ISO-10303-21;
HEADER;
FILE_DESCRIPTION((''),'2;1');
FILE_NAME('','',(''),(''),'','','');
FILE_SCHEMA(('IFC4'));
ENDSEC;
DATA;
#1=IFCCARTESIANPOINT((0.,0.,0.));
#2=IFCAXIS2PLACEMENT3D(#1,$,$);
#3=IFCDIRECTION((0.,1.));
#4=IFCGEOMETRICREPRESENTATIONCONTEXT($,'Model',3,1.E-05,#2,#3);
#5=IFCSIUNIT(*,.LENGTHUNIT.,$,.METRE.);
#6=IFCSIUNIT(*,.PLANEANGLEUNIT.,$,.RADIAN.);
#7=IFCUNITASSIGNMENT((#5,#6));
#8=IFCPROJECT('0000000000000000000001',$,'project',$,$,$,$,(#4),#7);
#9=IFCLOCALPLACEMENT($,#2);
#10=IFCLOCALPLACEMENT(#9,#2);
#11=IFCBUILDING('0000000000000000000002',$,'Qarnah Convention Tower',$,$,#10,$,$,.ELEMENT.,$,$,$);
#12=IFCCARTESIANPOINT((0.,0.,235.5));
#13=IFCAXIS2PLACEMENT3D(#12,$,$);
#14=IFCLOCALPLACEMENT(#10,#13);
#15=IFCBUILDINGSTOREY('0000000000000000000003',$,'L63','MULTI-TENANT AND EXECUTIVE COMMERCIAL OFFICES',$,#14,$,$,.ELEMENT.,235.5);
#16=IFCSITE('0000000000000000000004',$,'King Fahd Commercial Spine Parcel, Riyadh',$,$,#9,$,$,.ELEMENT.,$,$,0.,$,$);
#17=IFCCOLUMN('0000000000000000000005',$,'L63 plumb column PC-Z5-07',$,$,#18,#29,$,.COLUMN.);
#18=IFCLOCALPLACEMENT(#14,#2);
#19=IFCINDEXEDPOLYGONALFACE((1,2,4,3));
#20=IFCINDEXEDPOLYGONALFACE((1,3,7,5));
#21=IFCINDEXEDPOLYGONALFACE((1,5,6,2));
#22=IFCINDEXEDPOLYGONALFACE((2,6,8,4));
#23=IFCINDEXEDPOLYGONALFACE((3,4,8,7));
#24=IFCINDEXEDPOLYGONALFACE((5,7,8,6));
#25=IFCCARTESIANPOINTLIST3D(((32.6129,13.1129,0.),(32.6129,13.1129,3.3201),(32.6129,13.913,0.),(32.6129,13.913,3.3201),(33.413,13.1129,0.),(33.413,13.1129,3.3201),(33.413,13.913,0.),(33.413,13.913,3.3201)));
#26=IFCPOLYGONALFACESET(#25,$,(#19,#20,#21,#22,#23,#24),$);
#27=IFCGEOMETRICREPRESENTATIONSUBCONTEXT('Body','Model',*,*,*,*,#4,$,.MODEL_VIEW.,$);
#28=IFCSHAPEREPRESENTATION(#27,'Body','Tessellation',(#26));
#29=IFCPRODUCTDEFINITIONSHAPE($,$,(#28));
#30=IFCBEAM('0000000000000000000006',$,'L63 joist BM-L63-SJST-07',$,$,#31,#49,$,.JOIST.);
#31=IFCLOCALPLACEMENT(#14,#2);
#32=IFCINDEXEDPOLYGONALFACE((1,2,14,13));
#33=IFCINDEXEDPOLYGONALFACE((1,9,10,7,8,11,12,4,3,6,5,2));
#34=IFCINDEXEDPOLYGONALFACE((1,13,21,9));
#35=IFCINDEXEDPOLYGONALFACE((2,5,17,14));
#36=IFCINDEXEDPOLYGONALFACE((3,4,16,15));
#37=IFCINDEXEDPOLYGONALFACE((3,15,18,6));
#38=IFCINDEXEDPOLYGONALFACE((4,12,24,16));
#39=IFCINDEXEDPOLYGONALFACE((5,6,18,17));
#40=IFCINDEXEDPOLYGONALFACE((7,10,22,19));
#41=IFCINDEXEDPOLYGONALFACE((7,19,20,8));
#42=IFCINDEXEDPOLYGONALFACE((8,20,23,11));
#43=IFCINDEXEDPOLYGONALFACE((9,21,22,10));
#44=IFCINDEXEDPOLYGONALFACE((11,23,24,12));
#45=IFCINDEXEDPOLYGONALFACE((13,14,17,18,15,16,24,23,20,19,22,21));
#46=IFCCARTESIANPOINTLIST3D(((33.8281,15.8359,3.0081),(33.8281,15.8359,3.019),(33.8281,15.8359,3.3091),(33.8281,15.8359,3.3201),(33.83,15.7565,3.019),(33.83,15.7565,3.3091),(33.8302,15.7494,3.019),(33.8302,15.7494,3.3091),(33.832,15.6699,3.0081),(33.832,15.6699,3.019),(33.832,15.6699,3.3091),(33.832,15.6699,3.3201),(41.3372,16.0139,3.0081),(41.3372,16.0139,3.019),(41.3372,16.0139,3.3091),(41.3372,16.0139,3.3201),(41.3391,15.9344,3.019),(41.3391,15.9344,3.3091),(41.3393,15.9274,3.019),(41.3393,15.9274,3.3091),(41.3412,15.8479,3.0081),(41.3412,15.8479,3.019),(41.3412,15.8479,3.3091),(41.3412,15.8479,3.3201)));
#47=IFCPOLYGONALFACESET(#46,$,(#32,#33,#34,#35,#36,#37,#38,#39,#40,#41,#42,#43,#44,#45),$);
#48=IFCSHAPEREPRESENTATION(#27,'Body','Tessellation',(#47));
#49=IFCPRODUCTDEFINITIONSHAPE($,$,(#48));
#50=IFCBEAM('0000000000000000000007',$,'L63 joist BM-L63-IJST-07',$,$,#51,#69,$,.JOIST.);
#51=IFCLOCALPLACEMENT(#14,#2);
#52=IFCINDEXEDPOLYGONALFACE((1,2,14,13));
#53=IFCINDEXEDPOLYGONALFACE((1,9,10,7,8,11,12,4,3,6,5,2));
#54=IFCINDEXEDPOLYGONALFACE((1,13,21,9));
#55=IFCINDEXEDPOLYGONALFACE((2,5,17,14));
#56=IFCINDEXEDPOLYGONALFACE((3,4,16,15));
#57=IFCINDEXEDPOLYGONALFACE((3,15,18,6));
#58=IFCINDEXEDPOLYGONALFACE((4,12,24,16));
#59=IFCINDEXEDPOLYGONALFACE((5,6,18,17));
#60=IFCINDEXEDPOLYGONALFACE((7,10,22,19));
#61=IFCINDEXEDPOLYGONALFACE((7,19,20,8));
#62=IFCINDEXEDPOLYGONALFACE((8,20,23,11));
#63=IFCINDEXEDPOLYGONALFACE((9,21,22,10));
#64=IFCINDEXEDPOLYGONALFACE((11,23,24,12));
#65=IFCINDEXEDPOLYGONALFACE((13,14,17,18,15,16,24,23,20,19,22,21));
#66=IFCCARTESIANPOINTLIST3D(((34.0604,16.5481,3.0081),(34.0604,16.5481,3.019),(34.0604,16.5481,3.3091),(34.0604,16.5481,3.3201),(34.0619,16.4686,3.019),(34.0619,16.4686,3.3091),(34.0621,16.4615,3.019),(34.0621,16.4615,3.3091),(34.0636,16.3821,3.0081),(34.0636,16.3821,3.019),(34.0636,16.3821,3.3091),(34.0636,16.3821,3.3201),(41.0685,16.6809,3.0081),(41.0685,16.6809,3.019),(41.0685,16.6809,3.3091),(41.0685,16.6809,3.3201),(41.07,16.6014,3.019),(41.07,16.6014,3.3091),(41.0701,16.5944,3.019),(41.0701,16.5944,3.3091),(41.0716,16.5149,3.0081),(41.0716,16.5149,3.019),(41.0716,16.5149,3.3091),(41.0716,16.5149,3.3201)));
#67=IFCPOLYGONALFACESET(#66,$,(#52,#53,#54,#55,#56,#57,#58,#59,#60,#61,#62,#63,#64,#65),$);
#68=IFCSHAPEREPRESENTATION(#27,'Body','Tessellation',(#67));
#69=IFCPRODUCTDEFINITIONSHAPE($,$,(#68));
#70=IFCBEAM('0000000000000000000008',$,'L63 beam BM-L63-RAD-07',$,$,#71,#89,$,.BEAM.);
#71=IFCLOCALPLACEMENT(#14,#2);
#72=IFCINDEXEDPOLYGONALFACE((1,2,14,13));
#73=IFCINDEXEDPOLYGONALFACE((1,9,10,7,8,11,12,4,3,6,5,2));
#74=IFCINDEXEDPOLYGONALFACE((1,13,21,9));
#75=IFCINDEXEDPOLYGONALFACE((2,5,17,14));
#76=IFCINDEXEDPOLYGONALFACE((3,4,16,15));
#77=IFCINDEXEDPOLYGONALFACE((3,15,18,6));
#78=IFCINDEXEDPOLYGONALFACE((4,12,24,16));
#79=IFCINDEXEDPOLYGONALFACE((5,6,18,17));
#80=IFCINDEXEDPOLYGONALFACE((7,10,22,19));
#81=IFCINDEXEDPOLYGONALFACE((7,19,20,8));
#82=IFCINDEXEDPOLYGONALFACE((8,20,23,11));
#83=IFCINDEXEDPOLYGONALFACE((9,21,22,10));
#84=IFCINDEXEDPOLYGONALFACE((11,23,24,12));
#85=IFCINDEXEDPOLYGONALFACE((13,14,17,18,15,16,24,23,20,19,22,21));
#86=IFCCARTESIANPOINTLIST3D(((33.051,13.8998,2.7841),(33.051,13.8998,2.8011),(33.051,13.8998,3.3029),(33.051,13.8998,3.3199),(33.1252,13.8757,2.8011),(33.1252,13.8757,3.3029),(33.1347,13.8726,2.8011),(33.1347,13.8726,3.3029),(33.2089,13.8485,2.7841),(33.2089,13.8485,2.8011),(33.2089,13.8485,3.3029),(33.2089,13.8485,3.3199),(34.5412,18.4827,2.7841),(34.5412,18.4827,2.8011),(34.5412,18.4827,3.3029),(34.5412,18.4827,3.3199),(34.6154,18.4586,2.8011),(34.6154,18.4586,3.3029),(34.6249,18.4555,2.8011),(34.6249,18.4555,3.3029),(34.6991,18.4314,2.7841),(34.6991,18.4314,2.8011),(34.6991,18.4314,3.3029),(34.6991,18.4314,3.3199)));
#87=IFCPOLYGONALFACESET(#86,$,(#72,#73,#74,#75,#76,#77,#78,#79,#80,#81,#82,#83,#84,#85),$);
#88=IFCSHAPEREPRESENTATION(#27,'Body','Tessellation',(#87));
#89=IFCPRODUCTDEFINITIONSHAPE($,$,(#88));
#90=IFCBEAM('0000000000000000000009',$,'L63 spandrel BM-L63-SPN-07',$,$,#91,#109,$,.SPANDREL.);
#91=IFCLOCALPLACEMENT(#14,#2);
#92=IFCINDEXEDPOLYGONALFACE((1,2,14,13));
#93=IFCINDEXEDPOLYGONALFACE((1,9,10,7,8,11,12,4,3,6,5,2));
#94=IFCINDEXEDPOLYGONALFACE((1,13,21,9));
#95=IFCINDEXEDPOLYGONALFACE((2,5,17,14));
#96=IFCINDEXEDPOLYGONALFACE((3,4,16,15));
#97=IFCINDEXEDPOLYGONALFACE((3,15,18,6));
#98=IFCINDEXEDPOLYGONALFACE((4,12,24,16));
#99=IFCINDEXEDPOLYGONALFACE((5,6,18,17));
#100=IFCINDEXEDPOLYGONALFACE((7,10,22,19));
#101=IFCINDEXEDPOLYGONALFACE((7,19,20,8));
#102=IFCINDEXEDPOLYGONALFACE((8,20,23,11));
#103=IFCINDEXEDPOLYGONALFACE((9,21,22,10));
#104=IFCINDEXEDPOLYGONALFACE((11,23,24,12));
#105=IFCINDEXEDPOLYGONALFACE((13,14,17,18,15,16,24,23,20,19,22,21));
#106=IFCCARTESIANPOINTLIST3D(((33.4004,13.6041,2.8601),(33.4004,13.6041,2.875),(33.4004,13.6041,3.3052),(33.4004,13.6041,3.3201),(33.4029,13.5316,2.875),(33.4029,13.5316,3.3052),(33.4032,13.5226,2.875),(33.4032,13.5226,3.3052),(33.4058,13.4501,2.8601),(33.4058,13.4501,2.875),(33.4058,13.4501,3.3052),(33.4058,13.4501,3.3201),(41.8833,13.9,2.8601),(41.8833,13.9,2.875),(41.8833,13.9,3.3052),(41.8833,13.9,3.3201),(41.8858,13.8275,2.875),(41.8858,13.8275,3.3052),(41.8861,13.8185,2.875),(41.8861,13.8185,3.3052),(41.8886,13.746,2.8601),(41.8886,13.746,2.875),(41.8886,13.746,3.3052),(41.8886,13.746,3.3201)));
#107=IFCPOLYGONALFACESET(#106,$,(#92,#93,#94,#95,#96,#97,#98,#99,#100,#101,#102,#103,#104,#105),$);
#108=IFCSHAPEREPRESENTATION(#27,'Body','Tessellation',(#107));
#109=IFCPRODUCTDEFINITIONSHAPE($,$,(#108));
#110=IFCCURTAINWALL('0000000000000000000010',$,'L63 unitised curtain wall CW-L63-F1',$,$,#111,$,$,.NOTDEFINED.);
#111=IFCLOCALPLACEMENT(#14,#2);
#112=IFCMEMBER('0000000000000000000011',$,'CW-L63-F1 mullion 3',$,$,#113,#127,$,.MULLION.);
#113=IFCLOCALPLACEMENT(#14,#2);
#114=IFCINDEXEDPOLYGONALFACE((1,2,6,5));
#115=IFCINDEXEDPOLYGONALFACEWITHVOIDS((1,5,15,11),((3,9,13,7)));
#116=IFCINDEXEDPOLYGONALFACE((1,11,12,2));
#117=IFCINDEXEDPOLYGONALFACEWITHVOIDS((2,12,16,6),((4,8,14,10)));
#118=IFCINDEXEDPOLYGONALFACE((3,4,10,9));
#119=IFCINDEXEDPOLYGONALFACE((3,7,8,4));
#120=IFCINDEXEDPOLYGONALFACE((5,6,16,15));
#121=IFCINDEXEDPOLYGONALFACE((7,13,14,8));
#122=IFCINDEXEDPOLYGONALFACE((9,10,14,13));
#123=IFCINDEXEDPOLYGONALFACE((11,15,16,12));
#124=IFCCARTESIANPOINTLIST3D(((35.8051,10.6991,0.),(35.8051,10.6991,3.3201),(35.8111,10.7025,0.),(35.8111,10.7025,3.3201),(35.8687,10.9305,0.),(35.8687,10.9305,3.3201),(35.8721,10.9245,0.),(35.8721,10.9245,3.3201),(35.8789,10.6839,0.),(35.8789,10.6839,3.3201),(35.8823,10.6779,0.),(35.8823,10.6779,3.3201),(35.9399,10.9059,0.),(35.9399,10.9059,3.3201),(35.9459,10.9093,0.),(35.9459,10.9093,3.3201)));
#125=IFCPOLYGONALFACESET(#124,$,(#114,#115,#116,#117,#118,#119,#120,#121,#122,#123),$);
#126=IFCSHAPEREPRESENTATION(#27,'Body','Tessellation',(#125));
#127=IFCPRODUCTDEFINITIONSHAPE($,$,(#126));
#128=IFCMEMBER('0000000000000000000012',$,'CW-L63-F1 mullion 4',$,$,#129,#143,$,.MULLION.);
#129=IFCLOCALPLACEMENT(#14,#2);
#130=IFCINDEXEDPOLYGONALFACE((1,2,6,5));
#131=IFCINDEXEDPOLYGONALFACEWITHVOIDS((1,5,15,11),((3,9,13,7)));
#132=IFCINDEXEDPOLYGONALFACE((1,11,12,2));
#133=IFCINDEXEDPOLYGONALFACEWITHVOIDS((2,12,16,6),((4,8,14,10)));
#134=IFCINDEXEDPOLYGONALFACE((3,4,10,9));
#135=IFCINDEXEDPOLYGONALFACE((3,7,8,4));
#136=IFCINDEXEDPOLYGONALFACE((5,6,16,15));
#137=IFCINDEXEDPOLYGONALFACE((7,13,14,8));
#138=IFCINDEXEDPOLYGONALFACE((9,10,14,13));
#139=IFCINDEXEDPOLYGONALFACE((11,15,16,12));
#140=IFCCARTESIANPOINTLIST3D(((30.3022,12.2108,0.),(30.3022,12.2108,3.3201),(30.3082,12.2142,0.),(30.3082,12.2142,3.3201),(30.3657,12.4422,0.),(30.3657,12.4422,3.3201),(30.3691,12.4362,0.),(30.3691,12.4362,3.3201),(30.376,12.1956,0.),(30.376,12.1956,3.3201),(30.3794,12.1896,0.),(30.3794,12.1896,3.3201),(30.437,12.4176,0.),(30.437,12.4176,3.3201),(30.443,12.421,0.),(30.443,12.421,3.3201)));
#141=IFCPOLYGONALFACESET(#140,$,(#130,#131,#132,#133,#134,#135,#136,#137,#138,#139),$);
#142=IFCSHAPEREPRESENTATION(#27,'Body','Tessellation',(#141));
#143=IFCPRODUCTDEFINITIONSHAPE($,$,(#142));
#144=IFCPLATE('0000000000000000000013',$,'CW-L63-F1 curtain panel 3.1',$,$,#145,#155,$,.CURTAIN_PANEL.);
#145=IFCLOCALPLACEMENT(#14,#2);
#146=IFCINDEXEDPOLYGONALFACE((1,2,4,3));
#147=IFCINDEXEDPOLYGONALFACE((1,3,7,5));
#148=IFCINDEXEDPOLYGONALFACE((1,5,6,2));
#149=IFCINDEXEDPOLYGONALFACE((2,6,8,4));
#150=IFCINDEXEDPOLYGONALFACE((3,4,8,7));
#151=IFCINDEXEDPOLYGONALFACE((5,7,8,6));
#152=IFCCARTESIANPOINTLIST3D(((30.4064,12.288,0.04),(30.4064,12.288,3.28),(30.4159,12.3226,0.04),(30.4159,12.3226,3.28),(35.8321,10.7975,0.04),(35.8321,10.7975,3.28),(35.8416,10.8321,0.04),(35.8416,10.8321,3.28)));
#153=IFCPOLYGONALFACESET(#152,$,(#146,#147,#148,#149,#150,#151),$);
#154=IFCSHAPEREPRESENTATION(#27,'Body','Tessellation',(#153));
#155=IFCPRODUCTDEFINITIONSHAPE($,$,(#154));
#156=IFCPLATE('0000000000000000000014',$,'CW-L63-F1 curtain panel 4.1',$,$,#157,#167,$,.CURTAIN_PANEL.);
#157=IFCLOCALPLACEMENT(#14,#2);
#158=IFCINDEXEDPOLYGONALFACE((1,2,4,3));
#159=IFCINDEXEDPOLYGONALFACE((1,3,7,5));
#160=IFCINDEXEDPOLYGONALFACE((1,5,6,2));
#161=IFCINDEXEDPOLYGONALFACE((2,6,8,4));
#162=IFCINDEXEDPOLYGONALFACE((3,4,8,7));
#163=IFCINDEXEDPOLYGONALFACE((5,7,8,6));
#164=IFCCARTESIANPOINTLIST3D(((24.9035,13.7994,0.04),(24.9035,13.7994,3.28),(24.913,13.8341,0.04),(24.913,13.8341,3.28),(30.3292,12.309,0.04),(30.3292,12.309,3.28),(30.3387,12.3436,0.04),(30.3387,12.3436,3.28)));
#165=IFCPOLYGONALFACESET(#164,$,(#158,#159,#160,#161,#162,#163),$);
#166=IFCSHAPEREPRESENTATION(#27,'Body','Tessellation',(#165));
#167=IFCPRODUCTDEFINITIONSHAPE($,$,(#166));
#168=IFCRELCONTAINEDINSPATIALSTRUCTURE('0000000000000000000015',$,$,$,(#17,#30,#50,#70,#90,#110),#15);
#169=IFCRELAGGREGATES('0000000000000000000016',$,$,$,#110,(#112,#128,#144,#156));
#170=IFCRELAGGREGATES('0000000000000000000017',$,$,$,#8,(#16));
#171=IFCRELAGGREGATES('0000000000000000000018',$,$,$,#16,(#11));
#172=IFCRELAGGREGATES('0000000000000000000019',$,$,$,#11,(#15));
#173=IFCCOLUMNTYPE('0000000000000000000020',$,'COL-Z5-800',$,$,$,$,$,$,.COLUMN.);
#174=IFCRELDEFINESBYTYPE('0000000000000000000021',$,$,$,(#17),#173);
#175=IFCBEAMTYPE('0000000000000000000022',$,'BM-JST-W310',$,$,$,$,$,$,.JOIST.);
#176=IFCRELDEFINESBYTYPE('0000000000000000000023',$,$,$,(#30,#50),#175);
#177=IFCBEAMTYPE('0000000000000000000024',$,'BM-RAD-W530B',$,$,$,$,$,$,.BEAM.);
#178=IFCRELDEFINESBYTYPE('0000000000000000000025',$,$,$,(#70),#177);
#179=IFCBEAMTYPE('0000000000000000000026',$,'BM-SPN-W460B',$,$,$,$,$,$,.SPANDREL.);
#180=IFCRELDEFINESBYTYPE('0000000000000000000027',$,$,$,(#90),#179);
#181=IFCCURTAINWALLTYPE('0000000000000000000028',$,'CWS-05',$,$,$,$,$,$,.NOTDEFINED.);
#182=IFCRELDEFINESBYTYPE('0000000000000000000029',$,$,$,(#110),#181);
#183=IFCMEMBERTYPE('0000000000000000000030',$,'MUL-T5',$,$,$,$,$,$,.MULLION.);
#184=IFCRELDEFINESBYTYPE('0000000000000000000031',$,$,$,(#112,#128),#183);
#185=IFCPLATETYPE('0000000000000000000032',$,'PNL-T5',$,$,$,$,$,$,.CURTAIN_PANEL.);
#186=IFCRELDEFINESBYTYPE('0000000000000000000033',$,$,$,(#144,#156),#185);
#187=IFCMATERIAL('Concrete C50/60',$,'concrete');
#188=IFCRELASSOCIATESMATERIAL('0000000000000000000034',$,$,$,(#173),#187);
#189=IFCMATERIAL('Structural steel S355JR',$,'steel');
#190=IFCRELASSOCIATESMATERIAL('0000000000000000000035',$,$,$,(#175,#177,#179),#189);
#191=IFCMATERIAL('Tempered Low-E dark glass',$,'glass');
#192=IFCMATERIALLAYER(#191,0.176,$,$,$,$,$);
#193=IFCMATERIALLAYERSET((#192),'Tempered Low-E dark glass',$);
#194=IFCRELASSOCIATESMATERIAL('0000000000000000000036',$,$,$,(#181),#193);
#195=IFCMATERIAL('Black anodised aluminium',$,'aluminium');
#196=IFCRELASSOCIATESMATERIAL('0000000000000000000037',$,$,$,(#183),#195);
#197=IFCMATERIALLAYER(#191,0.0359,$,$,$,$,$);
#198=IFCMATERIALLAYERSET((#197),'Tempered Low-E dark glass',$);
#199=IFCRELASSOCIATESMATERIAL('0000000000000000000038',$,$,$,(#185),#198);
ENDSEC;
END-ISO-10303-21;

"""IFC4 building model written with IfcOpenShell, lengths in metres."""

from ifc_helpers import new_model, si_unit, direction, frame, origin, origin_2d, place, context, subcontext, project, spatial, rectangle, hollow_rectangle, i_section, extrude, material, layer, layer_set, material_profile, profile_set, type_object, element, aggregate, save


model = new_model("IFC4")

# Units and contexts
model_context = context("Model", 3, precision=1e-05, world=origin(), true_north=direction((0.0, 1.0)))
body_context = subcontext(model_context, "Body", "Model", "MODEL_VIEW")
ifc_project = project(units=[si_unit("LENGTHUNIT", "METRE"), si_unit("PLANEANGLEUNIT", "RADIAN")], contexts=[model_context])

# Site, building, storey
site_placement = place(None, origin())
site = spatial("IfcSite", under=ifc_project, at=site_placement, Name="King Fahd Commercial Spine Parcel, Riyadh", CompositionType="ELEMENT", RefElevation=0.0)
building_placement = place(site_placement, origin())
building = spatial("IfcBuilding", under=site, at=building_placement, Name="Qarnah Convention Tower", CompositionType="ELEMENT")
storey_placement = place(building_placement, frame((0.0, 0.0, 235.5)))
storey = spatial("IfcBuildingStorey", under=building, at=storey_placement, Name="L63", Description="MULTI-TENANT AND EXECUTIVE COMMERCIAL OFFICES", CompositionType="ELEMENT", Elevation=235.5)

# Column
ifc_material_1 = material(Name="Concrete C50/60", Category="concrete")
ifc_material_profile_1 = material_profile(ifc_material_1, rectangle(XDim=0.8, YDim=0.8, at=origin_2d()), Name="RC-COL-800X800")
ifc_profile_set_1 = profile_set([ifc_material_profile_1], Name="Concrete C50/60")
column_type = type_object("IfcColumnType", Name="COL-Z5-800", PredefinedType="COLUMN", material=ifc_profile_set_1)
column_placement = place(storey_placement, frame((33.0129, 13.5129, 0.0), z_axis=(0.0, 0.0, 1.0), x_axis=(1.0, 0.0, 0.0)))
element("IfcColumn", 1, at=column_placement, inside=storey, type_object=column_type, Name="L63 plumb column PC-Z5-07", PredefinedType="COLUMN", context=body_context, shape_type="SweptSolid", body=[
    extrude(rectangle(XDim=0.8, YDim=0.8, at=origin_2d()), origin(), (0.0, 0.0, 1.0), 3.3201),
])

# Beams
ifc_material_2 = material(Name="Structural steel S355JR", Category="steel")
ifc_material_profile_2 = material_profile(ifc_material_2, i_section(OverallWidth=0.166, OverallDepth=0.312, WebThickness=0.0071, FlangeThickness=0.011, at=origin_2d()), Name="W310X45")
ifc_profile_set_2 = profile_set([ifc_material_profile_2], Name="Structural steel S355JR")
beam_type_1 = type_object("IfcBeamType", Name="BM-JST-W310", PredefinedType="JOIST", material=ifc_profile_set_2)
beam_1_placement = place(storey_placement, frame((33.8301, 15.7529, 3.1641), z_axis=(0.999719, 0.023695, 0.0), x_axis=(-0.023695, 0.999719, 0.0)))
element("IfcBeam", 2, at=beam_1_placement, inside=storey, type_object=beam_type_1, Name="L63 joist BM-L63-SJST-07", PredefinedType="JOIST", context=body_context, shape_type="SweptSolid", body=[
    extrude(i_section(OverallWidth=0.166, OverallDepth=0.312, WebThickness=0.0071, FlangeThickness=0.011, at=origin_2d()), origin(), (0.0, 0.0, 1.0), 7.5112),
])
beam_2_placement = place(storey_placement, frame((34.062, 16.4651, 3.1641), z_axis=(0.99982, 0.018948, 0.0), x_axis=(-0.018948, 0.99982, 0.0)))
element("IfcBeam", 3, at=beam_2_placement, inside=storey, type_object=beam_type_1, Name="L63 joist BM-L63-IJST-07", PredefinedType="JOIST", context=body_context, shape_type="SweptSolid", body=[
    extrude(i_section(OverallWidth=0.166, OverallDepth=0.312, WebThickness=0.0071, FlangeThickness=0.011, at=origin_2d()), origin(), (0.0, 0.0, 1.0), 7.0093),
])
ifc_material_profile_3 = material_profile(ifc_material_2, i_section(OverallWidth=0.166, OverallDepth=0.5359, WebThickness=0.01, FlangeThickness=0.0171, at=origin_2d()), Name="W530X85")
ifc_profile_set_3 = profile_set([ifc_material_profile_3], Name="Structural steel S355JR")
beam_type_2 = type_object("IfcBeamType", Name="BM-RAD-W530B", PredefinedType="BEAM", material=ifc_profile_set_3)
beam_3_placement = place(storey_placement, frame((34.6201, 18.457, 3.052), z_axis=(-0.309228, -0.950988, 0.0), x_axis=(0.950988, -0.309228, 0.0)))
element("IfcBeam", 4, at=beam_3_placement, inside=storey, type_object=beam_type_2, Name="L63 beam BM-L63-RAD-07", PredefinedType="BEAM", context=body_context, shape_type="SweptSolid", body=[
    extrude(i_section(OverallWidth=0.166, OverallDepth=0.5359, WebThickness=0.01, FlangeThickness=0.0171, at=origin_2d()), origin(), (0.0, 0.0, 1.0), 4.8191),
])
ifc_material_profile_4 = material_profile(ifc_material_2, i_section(OverallWidth=0.1541, OverallDepth=0.46, WebThickness=0.009, FlangeThickness=0.0149, at=origin_2d()), Name="W460X68")
ifc_profile_set_4 = profile_set([ifc_material_profile_4], Name="Structural steel S355JR")
beam_type_3 = type_object("IfcBeamType", Name="BM-SPN-W460B", PredefinedType="SPANDREL", material=ifc_profile_set_4)
beam_4_placement = place(storey_placement, frame((33.4031, 13.5271, 3.0901), z_axis=(0.999392, 0.034861, 0.0), x_axis=(-0.034861, 0.999392, 0.0)))
element("IfcBeam", 5, at=beam_4_placement, inside=storey, type_object=beam_type_3, Name="L63 spandrel BM-L63-SPN-07", PredefinedType="SPANDREL", context=body_context, shape_type="SweptSolid", body=[
    extrude(i_section(OverallWidth=0.1541, OverallDepth=0.46, WebThickness=0.009, FlangeThickness=0.0149, at=origin_2d()), origin(), (0.0, 0.0, 1.0), 8.488),
])

# Curtain wall, members, plates
ifc_material_3 = material(Name="Tempered Low-E dark glass", Category="glass")
ifc_layer_1 = layer(ifc_material_3, 0.176)
ifc_layer_set_1 = layer_set([ifc_layer_1], Name="Tempered Low-E dark glass")
curtain_wall_type = type_object("IfcCurtainWallType", Name="CWS-05", PredefinedType="NOTDEFINED", material=ifc_layer_set_1)
curtain_wall_placement = place(storey_placement, origin())
curtain_wall = element("IfcCurtainWall", 6, at=curtain_wall_placement, inside=storey, type_object=curtain_wall_type, Name="L63 unitised curtain wall CW-L63-F1", PredefinedType="NOTDEFINED")
ifc_material_4 = material(Name="Black anodised aluminium", Category="aluminium")
ifc_material_profile_5 = material_profile(ifc_material_4, hollow_rectangle(XDim=0.0801, YDim=0.24, WallThickness=0.0049, at=origin_2d()), Name="MUL-80X240")
ifc_profile_set_5 = profile_set([ifc_material_profile_5], Name="Black anodised aluminium")
member_type = type_object("IfcMemberType", Name="MUL-T5", PredefinedType="MULLION", material=ifc_profile_set_5)
member_1_placement = place(storey_placement, frame((35.8755, 10.8042, 0.0), z_axis=(0.0, 0.0, 1.0), x_axis=(-0.96428, 0.264884, 0.0)))
member_1 = element("IfcMember", 7, at=member_1_placement, type_object=member_type, Name="CW-L63-F1 mullion 3", PredefinedType="MULLION", context=body_context, shape_type="SweptSolid", body=[
    extrude(hollow_rectangle(XDim=0.0801, YDim=0.24, WallThickness=0.0049, at=origin_2d()), origin(), (0.0, 0.0, 1.0), 3.3201),
])
member_2_placement = place(storey_placement, frame((30.3726, 12.3159, 0.0), z_axis=(0.0, 0.0, 1.0), x_axis=(-0.96428, 0.264884, 0.0)))
member_2 = element("IfcMember", 8, at=member_2_placement, type_object=member_type, Name="CW-L63-F1 mullion 4", PredefinedType="MULLION", context=body_context, shape_type="SweptSolid", body=[
    extrude(hollow_rectangle(XDim=0.0801, YDim=0.24, WallThickness=0.0049, at=origin_2d()), origin(), (0.0, 0.0, 1.0), 3.3201),
])
ifc_layer_2 = layer(ifc_material_3, 0.0359)
ifc_layer_set_2 = layer_set([ifc_layer_2], Name="Tempered Low-E dark glass")
plate_type = type_object("IfcPlateType", Name="PNL-T5", PredefinedType="CURTAIN_PANEL", material=ifc_layer_set_2)
plate_1_placement = place(storey_placement, frame((33.124, 11.5601, 0.04), z_axis=(0.0, 0.0, 1.0), x_axis=(-0.96428, 0.264884, 0.0)))
plate_1 = element("IfcPlate", 9, at=plate_1_placement, type_object=plate_type, Name="CW-L63-F1 curtain panel 3.1", PredefinedType="CURTAIN_PANEL", context=body_context, shape_type="SweptSolid", body=[
    extrude(rectangle(XDim=5.6267, YDim=0.0359, at=origin_2d()), origin(), (0.0, 0.0, 1.0), 3.24),
])
plate_2_placement = place(storey_placement, frame((27.6211, 13.0715, 0.04), z_axis=(0.0, 0.0, 1.0), x_axis=(-0.96428, 0.264884, 0.0)))
plate_2 = element("IfcPlate", 10, at=plate_2_placement, type_object=plate_type, Name="CW-L63-F1 curtain panel 4.1", PredefinedType="CURTAIN_PANEL", context=body_context, shape_type="SweptSolid", body=[
    extrude(rectangle(XDim=5.6267, YDim=0.0359, at=origin_2d()), origin(), (0.0, 0.0, 1.0), 3.24),
])
aggregate(curtain_wall, [member_1, member_2, plate_1, plate_2])

save(model, "model.ifc")
